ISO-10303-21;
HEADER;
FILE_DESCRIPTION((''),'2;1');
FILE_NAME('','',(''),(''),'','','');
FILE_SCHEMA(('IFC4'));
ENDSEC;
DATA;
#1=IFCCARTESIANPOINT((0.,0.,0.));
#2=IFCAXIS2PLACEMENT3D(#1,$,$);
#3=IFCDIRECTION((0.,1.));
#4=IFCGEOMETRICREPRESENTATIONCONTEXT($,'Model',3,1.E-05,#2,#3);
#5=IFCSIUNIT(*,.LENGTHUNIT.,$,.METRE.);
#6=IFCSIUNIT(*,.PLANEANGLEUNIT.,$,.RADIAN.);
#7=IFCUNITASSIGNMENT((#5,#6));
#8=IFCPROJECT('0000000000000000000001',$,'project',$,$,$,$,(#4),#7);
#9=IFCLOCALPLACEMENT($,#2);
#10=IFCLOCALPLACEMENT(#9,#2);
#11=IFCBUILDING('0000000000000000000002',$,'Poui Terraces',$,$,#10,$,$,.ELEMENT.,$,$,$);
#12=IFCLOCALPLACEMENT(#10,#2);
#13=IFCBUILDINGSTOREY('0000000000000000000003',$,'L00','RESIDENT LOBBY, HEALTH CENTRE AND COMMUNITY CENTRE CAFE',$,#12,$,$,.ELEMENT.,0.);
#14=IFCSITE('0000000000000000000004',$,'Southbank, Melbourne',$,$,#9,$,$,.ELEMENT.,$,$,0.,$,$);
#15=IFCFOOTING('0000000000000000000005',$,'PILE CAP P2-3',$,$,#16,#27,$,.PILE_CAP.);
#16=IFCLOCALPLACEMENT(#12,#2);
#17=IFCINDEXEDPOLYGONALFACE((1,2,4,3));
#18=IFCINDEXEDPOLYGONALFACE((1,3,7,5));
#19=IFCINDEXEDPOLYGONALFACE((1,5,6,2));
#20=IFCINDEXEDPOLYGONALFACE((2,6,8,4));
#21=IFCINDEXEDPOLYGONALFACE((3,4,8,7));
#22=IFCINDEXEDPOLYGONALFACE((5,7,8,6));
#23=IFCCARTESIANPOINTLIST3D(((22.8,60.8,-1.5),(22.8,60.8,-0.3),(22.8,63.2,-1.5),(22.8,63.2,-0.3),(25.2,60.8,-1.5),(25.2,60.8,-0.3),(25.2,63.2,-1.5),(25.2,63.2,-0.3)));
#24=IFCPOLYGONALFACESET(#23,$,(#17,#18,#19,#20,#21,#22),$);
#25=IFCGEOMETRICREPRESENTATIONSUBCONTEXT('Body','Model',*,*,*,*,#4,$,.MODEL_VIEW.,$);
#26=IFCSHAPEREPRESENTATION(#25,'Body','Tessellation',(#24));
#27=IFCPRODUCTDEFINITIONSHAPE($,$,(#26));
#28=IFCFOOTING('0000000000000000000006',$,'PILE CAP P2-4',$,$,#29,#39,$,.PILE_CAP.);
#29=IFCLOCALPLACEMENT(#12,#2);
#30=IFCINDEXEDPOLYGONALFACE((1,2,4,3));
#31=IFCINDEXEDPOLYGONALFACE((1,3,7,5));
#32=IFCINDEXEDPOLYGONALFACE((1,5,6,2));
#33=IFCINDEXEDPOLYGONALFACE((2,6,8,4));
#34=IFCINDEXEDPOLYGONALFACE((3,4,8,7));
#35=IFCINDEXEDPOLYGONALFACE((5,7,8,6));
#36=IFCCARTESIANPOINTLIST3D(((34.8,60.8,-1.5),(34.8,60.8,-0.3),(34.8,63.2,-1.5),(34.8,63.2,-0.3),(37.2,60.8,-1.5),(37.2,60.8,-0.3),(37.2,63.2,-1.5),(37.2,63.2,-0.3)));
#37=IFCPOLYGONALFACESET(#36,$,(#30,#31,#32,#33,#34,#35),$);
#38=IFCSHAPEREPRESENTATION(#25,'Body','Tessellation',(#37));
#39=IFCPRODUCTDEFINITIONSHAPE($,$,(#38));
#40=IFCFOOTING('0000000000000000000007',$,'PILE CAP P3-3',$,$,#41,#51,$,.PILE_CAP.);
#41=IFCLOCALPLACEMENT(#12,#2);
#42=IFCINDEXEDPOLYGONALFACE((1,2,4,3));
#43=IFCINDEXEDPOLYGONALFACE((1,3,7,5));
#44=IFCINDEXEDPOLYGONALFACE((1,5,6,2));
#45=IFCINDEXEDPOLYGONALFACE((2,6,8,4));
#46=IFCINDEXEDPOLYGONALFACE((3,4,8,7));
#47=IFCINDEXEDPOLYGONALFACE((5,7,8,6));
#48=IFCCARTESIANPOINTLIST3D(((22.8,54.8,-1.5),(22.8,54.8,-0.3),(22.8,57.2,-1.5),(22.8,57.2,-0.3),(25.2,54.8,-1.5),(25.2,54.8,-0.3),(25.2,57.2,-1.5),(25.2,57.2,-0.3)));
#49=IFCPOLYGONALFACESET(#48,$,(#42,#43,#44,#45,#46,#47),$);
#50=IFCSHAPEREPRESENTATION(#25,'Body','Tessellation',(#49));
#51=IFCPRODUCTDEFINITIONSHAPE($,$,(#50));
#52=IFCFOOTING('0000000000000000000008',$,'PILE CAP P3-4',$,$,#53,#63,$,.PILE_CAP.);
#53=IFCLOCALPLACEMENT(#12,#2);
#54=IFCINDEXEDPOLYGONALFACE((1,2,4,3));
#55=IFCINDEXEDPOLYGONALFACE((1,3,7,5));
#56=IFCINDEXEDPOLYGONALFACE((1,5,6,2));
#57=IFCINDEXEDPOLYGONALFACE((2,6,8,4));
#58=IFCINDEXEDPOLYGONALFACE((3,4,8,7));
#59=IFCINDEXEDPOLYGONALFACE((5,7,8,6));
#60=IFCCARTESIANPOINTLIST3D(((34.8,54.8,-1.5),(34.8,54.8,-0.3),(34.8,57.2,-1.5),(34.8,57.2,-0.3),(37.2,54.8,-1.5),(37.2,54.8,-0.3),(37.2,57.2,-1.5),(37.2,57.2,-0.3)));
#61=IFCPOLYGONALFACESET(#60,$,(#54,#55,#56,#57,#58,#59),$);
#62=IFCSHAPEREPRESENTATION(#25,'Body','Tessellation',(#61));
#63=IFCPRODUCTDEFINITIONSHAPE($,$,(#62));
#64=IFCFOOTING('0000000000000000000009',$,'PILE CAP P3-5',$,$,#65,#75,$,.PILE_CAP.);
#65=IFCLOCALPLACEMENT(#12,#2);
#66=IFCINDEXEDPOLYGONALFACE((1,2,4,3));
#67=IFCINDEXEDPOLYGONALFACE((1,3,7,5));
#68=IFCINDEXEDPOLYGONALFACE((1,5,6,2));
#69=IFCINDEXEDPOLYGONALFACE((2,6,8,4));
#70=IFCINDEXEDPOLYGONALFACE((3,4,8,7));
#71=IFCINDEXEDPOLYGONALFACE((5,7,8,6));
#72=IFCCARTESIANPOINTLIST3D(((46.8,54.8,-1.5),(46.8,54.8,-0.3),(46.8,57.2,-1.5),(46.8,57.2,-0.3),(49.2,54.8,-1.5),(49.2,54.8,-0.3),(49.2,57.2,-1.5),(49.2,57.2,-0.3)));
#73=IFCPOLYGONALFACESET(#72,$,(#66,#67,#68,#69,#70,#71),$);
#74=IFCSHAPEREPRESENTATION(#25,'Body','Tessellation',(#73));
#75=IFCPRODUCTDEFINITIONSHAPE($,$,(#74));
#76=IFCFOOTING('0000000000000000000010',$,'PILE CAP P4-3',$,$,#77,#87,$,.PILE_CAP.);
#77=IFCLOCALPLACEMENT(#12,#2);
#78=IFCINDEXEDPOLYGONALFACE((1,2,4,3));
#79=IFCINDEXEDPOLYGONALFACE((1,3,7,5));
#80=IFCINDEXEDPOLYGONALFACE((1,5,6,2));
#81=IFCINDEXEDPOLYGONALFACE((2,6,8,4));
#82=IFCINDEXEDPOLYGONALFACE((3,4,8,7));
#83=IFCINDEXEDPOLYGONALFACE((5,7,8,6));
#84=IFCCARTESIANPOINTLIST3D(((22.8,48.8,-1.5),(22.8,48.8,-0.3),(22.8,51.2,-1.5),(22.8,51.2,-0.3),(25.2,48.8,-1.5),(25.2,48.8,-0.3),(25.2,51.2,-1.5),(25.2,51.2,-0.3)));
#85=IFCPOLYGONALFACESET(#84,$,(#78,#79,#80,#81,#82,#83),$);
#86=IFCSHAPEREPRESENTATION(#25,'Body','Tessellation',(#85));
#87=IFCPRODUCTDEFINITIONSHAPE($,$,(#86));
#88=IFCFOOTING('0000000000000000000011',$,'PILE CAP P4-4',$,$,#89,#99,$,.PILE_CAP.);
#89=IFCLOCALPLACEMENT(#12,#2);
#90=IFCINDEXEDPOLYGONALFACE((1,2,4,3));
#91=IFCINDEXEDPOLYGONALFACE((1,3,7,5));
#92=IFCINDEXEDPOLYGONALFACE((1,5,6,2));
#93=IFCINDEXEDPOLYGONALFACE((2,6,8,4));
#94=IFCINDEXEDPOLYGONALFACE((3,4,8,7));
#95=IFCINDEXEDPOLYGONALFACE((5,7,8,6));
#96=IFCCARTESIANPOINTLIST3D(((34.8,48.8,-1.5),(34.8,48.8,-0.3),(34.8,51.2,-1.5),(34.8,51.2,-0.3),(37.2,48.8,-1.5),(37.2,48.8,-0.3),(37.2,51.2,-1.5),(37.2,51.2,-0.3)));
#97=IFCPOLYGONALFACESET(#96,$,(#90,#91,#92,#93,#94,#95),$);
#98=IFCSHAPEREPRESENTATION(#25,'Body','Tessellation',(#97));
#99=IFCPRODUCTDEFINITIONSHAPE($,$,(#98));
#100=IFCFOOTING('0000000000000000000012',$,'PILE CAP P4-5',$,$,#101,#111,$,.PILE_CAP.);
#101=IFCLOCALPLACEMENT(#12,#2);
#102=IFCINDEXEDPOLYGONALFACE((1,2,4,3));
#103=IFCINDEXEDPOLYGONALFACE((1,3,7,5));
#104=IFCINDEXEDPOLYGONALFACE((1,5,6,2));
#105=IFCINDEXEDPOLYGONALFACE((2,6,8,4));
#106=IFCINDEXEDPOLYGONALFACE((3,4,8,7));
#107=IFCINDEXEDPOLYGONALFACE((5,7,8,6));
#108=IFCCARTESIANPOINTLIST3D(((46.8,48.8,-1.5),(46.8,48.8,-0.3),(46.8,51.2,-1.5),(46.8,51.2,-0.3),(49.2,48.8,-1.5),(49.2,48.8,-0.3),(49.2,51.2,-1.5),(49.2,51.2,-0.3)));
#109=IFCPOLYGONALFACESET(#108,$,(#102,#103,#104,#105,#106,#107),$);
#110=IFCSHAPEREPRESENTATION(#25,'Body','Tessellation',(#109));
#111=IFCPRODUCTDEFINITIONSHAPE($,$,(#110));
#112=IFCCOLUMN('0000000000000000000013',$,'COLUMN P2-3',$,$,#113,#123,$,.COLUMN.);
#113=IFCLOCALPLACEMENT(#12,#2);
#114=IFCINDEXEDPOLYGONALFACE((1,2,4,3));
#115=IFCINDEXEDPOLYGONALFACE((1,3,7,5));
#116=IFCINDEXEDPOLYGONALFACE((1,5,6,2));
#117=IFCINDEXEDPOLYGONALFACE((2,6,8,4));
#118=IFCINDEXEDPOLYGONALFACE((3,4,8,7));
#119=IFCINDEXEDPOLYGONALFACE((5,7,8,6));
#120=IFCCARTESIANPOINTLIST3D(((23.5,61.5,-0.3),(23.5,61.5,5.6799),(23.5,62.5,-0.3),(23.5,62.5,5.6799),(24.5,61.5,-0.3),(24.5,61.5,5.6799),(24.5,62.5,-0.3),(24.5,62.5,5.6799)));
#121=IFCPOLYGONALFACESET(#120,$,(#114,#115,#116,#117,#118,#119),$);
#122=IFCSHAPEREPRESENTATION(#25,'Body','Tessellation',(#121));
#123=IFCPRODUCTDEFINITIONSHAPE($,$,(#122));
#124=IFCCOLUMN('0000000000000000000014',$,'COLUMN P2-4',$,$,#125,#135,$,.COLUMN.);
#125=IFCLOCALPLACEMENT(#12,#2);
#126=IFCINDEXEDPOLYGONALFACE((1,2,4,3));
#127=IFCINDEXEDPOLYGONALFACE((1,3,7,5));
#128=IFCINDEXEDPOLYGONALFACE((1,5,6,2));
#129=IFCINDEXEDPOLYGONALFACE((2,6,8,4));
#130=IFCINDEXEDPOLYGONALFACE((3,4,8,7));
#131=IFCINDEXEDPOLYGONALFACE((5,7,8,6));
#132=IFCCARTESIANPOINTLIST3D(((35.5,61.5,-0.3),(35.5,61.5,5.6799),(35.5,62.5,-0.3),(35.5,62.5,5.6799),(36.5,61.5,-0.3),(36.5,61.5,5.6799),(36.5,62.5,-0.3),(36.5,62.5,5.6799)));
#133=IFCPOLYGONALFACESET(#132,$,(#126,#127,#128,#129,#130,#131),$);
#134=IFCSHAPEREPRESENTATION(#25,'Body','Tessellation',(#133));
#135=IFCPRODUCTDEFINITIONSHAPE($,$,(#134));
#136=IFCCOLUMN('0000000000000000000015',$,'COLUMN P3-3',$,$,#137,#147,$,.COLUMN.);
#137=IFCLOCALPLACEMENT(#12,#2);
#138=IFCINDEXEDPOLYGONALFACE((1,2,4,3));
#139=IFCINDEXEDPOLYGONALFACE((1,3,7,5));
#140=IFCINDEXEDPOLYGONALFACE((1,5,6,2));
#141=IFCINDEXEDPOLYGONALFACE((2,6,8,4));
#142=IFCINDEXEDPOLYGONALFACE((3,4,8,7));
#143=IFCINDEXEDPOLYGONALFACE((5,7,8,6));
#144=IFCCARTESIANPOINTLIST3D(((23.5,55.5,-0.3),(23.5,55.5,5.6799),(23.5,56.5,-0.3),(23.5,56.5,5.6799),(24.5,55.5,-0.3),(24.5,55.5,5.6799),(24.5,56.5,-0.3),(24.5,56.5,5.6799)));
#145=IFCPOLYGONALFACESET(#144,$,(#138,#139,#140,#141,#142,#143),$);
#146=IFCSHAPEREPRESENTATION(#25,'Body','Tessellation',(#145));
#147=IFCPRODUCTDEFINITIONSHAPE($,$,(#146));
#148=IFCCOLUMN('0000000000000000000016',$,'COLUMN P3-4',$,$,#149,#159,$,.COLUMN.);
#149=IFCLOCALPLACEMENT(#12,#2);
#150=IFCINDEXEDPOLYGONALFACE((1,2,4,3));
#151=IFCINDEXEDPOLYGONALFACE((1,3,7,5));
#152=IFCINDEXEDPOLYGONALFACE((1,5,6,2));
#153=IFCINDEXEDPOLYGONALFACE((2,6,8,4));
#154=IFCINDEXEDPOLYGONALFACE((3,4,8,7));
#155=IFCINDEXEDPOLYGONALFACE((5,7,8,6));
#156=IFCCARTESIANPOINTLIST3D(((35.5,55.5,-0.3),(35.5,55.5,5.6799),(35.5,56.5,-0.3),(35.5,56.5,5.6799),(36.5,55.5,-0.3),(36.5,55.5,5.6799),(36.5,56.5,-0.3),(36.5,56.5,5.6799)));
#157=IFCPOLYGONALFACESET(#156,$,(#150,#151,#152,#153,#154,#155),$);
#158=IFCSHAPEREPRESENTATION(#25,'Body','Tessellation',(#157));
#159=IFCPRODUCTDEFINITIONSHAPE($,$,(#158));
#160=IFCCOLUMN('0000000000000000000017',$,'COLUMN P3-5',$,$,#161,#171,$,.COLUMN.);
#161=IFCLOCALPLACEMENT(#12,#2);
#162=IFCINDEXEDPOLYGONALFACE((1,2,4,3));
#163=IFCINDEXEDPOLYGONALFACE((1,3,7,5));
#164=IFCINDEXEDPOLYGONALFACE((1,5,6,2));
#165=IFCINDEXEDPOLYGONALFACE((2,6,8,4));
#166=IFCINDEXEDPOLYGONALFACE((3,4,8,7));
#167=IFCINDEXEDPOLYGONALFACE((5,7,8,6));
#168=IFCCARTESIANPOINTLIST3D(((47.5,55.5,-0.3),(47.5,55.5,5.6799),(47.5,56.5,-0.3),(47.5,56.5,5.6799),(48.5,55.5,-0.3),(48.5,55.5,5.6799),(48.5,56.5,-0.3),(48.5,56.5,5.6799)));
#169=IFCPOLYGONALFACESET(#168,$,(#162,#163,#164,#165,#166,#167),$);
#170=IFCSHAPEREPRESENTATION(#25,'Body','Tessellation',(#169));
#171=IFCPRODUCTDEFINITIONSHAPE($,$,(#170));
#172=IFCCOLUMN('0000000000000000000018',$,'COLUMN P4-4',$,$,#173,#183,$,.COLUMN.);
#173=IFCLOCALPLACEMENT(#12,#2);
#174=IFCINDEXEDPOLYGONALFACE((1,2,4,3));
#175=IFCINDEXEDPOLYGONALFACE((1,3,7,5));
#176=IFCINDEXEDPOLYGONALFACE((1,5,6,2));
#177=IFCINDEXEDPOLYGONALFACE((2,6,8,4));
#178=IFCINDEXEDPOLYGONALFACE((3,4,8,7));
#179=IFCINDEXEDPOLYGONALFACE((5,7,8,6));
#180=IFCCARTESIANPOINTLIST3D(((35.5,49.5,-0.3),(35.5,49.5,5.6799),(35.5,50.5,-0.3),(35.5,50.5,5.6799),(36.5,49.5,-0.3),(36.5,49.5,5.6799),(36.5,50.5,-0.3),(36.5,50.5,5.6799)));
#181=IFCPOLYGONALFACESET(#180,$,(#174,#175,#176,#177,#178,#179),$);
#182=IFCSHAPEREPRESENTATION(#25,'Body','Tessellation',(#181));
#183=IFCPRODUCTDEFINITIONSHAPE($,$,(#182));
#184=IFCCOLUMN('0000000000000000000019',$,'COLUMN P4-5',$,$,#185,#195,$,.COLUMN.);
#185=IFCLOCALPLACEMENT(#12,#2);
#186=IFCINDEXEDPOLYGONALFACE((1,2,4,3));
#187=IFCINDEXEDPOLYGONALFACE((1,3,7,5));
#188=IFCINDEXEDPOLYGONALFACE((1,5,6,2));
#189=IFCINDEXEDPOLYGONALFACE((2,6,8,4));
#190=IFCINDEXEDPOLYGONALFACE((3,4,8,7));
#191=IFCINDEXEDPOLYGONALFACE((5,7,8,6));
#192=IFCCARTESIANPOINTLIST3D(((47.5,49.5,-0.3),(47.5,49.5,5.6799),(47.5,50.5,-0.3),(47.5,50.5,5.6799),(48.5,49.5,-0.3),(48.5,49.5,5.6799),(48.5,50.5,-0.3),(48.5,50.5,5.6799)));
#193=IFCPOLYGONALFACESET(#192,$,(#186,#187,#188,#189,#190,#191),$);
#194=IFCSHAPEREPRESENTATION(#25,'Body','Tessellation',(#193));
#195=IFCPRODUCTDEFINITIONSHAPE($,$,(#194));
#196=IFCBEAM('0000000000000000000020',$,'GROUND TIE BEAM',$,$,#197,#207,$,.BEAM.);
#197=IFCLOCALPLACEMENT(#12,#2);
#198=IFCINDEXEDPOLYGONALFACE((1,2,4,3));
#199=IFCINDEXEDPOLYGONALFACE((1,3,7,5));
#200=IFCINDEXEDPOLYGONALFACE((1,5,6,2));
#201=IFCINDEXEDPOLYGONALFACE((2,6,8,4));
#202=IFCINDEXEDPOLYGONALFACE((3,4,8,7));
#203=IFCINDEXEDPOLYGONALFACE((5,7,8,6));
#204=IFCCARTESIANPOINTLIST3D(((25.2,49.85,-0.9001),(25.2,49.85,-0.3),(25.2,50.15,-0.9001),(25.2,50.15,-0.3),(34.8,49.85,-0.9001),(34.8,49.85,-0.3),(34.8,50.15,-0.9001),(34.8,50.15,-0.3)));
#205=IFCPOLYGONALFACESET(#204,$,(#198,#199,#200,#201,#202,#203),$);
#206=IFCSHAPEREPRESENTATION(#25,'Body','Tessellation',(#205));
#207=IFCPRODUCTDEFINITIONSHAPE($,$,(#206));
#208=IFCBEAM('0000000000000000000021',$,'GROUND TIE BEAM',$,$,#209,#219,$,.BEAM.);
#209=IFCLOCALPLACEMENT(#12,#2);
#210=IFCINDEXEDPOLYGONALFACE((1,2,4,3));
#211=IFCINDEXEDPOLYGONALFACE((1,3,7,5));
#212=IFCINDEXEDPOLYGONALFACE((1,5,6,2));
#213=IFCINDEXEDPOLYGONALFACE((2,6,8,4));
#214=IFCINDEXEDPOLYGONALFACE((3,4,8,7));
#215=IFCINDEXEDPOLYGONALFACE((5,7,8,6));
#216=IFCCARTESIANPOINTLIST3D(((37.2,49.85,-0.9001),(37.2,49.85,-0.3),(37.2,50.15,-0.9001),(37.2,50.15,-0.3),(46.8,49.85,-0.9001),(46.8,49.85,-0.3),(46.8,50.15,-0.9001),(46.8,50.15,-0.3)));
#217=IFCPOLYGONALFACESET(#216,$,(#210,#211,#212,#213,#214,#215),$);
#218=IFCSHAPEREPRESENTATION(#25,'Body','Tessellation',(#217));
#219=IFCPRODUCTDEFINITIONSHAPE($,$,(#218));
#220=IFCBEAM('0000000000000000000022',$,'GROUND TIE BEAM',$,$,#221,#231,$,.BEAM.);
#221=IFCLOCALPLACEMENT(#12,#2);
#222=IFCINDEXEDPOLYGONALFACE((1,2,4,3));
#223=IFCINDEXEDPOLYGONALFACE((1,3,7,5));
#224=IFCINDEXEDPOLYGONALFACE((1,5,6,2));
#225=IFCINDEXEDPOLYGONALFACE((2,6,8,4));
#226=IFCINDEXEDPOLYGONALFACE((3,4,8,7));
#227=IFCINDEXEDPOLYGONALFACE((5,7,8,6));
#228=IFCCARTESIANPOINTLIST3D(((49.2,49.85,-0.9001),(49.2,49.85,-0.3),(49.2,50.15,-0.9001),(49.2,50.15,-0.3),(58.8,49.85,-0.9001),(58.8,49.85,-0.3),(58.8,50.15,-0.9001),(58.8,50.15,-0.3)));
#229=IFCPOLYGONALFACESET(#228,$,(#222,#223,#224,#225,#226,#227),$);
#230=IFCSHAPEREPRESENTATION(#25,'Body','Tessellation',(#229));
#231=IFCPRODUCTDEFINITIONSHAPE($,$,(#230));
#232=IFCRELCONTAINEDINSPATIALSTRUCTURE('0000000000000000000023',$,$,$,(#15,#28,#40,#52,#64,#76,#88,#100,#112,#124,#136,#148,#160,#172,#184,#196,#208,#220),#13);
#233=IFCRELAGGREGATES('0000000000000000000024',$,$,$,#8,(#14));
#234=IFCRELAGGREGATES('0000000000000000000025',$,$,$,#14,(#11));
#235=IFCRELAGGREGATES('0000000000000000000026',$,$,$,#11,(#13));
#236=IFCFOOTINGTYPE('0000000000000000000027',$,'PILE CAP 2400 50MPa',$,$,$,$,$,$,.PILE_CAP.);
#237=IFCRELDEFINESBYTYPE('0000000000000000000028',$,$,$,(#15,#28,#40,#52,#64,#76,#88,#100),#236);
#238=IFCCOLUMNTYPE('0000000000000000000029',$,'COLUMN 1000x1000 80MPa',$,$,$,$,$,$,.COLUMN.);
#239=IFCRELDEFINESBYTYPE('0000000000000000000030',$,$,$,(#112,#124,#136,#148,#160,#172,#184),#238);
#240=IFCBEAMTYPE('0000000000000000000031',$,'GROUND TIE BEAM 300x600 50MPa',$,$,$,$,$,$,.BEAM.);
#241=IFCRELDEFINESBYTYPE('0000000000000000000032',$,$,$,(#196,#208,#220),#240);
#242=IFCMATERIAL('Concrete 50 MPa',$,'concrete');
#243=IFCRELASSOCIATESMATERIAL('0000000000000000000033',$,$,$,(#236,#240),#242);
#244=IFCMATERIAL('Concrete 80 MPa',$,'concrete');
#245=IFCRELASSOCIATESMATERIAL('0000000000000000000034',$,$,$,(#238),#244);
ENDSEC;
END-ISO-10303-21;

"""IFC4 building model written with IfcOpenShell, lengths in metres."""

from ifc_helpers import new_model, si_unit, direction, frame, origin, origin_2d, place, context, subcontext, project, spatial, rectangle, extrude, source, transform, mapped, material, material_profile, profile_set, type_object, element, save


model = new_model("IFC4")

# Units and contexts
model_context = context("Model", 3, precision=1e-05, world=origin(), true_north=direction((0.0, 1.0)))
body_context = subcontext(model_context, "Body", "Model", "MODEL_VIEW")
ifc_project = project(units=[si_unit("LENGTHUNIT", "METRE"), si_unit("PLANEANGLEUNIT", "RADIAN")], contexts=[model_context])

# Site, building, storey
site_placement = place(None, origin())
site = spatial("IfcSite", under=ifc_project, at=site_placement, Name="Southbank, Melbourne", CompositionType="ELEMENT", RefElevation=0.0)
building_placement = place(site_placement, origin())
building = spatial("IfcBuilding", under=site, at=building_placement, Name="Poui Terraces", CompositionType="ELEMENT")
storey_placement = place(building_placement, origin())
storey = spatial("IfcBuildingStorey", under=building, at=storey_placement, Name="L00", Description="RESIDENT LOBBY, HEALTH CENTRE AND COMMUNITY CENTRE CAFE", CompositionType="ELEMENT", Elevation=0.0)

# Shared definitions
ifc_material_1 = material(Name="Concrete 50 MPa", Category="concrete")

# Footings
footing_type = type_object("IfcFootingType", Name="PILE CAP 2400 50MPa", PredefinedType="PILE_CAP", material=ifc_material_1)
shared_shape_1 = source(origin(), body_context, "Body", "SweptSolid", [
    extrude(rectangle(XDim=2.3999, YDim=2.3999, at=origin_2d()), origin(), (0.0, 0.0, 1.0), 1.2),
])
for number, where, z_axis, x_axis, name in (
    (1, (24.0, 62.0, -1.5), (0.0, 0.0, 1.0), (1.0, 0.0, 0.0), "PILE CAP P2-3"),
    (2, (36.0, 62.0, -1.5), (0.0, 0.0, 1.0), (1.0, 0.0, 0.0), "PILE CAP P2-4"),
    (3, (24.0, 56.0, -1.5), (0.0, 0.0, 1.0), (1.0, 0.0, 0.0), "PILE CAP P3-3"),
    (4, (36.0, 56.0, -1.5), (0.0, 0.0, 1.0), (1.0, 0.0, 0.0), "PILE CAP P3-4"),
    (5, (48.0, 56.0, -1.5), (0.0, 0.0, 1.0), (1.0, 0.0, 0.0), "PILE CAP P3-5"),
    (6, (24.0, 50.0, -1.5), (0.0, 0.0, 1.0), (1.0, 0.0, 0.0), "PILE CAP P4-3"),
    (7, (36.0, 50.0, -1.5), (0.0, 0.0, 1.0), (1.0, 0.0, 0.0), "PILE CAP P4-4"),
    (8, (48.0, 50.0, -1.5), (0.0, 0.0, 1.0), (1.0, 0.0, 0.0), "PILE CAP P4-5"),
):
    element("IfcFooting", number, at=place(storey_placement, frame(where, z_axis=z_axis, x_axis=x_axis)), inside=storey, type_object=footing_type, Name=name, PredefinedType="PILE_CAP", context=body_context, shape_type="MappedRepresentation", body=[
        mapped(shared_shape_1, transform((0.0, 0.0, 0.0))),
    ])

# Columns
ifc_material_2 = material(Name="Concrete 80 MPa", Category="concrete")
ifc_material_profile_1 = material_profile(ifc_material_2, rectangle(XDim=1.0, YDim=1.0, at=origin_2d()), Name="RC 1000x1000")
ifc_profile_set_1 = profile_set([ifc_material_profile_1], Name="Concrete 80 MPa")
column_type = type_object("IfcColumnType", Name="COLUMN 1000x1000 80MPa", PredefinedType="COLUMN", material=ifc_profile_set_1)
shared_shape_2 = source(origin(), body_context, "Body", "SweptSolid", [
    extrude(rectangle(XDim=1.0, YDim=1.0, at=origin_2d()), origin(), (0.0, 0.0, 1.0), 5.98),
])
for number, where, z_axis, x_axis, name in (
    (9, (24.0, 62.0, -0.3), (0.0, 0.0, 1.0), (1.0, 0.0, 0.0), "COLUMN P2-3"),
    (10, (36.0, 62.0, -0.3), (0.0, 0.0, 1.0), (1.0, 0.0, 0.0), "COLUMN P2-4"),
    (11, (24.0, 56.0, -0.3), (0.0, 0.0, 1.0), (1.0, 0.0, 0.0), "COLUMN P3-3"),
    (12, (36.0, 56.0, -0.3), (0.0, 0.0, 1.0), (1.0, 0.0, 0.0), "COLUMN P3-4"),
    (13, (48.0, 56.0, -0.3), (0.0, 0.0, 1.0), (1.0, 0.0, 0.0), "COLUMN P3-5"),
    (14, (36.0, 50.0, -0.3), (0.0, 0.0, 1.0), (1.0, 0.0, 0.0), "COLUMN P4-4"),
    (15, (48.0, 50.0, -0.3), (0.0, 0.0, 1.0), (1.0, 0.0, 0.0), "COLUMN P4-5"),
):
    element("IfcColumn", number, at=place(storey_placement, frame(where, z_axis=z_axis, x_axis=x_axis)), inside=storey, type_object=column_type, Name=name, PredefinedType="COLUMN", context=body_context, shape_type="MappedRepresentation", body=[
        mapped(shared_shape_2, transform((0.0, 0.0, 0.0))),
    ])

# Beams
ifc_material_profile_2 = material_profile(ifc_material_1, rectangle(XDim=0.3, YDim=0.6001, at=origin_2d()), Name="RC 300x600")
ifc_profile_set_2 = profile_set([ifc_material_profile_2], Name="Concrete 50 MPa")
beam_type = type_object("IfcBeamType", Name="GROUND TIE BEAM 300x600 50MPa", PredefinedType="BEAM", material=ifc_profile_set_2)
shared_shape_3 = source(origin(), body_context, "Body", "SweptSolid", [
    extrude(rectangle(XDim=0.3, YDim=0.6001, at=origin_2d()), origin(), (0.0, 0.0, 1.0), 9.6001),
])
for number, where, z_axis, x_axis, name in (
    (16, (25.2, 50.0, -0.6001), (1.0, 0.0, 0.0), (0.0, 1.0, 0.0), "GROUND TIE BEAM"),
    (17, (37.2, 50.0, -0.6001), (1.0, 0.0, 0.0), (0.0, 1.0, 0.0), "GROUND TIE BEAM"),
    (18, (49.2, 50.0, -0.6001), (1.0, 0.0, 0.0), (0.0, 1.0, 0.0), "GROUND TIE BEAM"),
):
    element("IfcBeam", number, at=place(storey_placement, frame(where, z_axis=z_axis, x_axis=x_axis)), inside=storey, type_object=beam_type, Name=name, PredefinedType="BEAM", context=body_context, shape_type="MappedRepresentation", body=[
        mapped(shared_shape_3, transform((0.0, 0.0, 0.0))),
    ])

save(model, "model.ifc")
